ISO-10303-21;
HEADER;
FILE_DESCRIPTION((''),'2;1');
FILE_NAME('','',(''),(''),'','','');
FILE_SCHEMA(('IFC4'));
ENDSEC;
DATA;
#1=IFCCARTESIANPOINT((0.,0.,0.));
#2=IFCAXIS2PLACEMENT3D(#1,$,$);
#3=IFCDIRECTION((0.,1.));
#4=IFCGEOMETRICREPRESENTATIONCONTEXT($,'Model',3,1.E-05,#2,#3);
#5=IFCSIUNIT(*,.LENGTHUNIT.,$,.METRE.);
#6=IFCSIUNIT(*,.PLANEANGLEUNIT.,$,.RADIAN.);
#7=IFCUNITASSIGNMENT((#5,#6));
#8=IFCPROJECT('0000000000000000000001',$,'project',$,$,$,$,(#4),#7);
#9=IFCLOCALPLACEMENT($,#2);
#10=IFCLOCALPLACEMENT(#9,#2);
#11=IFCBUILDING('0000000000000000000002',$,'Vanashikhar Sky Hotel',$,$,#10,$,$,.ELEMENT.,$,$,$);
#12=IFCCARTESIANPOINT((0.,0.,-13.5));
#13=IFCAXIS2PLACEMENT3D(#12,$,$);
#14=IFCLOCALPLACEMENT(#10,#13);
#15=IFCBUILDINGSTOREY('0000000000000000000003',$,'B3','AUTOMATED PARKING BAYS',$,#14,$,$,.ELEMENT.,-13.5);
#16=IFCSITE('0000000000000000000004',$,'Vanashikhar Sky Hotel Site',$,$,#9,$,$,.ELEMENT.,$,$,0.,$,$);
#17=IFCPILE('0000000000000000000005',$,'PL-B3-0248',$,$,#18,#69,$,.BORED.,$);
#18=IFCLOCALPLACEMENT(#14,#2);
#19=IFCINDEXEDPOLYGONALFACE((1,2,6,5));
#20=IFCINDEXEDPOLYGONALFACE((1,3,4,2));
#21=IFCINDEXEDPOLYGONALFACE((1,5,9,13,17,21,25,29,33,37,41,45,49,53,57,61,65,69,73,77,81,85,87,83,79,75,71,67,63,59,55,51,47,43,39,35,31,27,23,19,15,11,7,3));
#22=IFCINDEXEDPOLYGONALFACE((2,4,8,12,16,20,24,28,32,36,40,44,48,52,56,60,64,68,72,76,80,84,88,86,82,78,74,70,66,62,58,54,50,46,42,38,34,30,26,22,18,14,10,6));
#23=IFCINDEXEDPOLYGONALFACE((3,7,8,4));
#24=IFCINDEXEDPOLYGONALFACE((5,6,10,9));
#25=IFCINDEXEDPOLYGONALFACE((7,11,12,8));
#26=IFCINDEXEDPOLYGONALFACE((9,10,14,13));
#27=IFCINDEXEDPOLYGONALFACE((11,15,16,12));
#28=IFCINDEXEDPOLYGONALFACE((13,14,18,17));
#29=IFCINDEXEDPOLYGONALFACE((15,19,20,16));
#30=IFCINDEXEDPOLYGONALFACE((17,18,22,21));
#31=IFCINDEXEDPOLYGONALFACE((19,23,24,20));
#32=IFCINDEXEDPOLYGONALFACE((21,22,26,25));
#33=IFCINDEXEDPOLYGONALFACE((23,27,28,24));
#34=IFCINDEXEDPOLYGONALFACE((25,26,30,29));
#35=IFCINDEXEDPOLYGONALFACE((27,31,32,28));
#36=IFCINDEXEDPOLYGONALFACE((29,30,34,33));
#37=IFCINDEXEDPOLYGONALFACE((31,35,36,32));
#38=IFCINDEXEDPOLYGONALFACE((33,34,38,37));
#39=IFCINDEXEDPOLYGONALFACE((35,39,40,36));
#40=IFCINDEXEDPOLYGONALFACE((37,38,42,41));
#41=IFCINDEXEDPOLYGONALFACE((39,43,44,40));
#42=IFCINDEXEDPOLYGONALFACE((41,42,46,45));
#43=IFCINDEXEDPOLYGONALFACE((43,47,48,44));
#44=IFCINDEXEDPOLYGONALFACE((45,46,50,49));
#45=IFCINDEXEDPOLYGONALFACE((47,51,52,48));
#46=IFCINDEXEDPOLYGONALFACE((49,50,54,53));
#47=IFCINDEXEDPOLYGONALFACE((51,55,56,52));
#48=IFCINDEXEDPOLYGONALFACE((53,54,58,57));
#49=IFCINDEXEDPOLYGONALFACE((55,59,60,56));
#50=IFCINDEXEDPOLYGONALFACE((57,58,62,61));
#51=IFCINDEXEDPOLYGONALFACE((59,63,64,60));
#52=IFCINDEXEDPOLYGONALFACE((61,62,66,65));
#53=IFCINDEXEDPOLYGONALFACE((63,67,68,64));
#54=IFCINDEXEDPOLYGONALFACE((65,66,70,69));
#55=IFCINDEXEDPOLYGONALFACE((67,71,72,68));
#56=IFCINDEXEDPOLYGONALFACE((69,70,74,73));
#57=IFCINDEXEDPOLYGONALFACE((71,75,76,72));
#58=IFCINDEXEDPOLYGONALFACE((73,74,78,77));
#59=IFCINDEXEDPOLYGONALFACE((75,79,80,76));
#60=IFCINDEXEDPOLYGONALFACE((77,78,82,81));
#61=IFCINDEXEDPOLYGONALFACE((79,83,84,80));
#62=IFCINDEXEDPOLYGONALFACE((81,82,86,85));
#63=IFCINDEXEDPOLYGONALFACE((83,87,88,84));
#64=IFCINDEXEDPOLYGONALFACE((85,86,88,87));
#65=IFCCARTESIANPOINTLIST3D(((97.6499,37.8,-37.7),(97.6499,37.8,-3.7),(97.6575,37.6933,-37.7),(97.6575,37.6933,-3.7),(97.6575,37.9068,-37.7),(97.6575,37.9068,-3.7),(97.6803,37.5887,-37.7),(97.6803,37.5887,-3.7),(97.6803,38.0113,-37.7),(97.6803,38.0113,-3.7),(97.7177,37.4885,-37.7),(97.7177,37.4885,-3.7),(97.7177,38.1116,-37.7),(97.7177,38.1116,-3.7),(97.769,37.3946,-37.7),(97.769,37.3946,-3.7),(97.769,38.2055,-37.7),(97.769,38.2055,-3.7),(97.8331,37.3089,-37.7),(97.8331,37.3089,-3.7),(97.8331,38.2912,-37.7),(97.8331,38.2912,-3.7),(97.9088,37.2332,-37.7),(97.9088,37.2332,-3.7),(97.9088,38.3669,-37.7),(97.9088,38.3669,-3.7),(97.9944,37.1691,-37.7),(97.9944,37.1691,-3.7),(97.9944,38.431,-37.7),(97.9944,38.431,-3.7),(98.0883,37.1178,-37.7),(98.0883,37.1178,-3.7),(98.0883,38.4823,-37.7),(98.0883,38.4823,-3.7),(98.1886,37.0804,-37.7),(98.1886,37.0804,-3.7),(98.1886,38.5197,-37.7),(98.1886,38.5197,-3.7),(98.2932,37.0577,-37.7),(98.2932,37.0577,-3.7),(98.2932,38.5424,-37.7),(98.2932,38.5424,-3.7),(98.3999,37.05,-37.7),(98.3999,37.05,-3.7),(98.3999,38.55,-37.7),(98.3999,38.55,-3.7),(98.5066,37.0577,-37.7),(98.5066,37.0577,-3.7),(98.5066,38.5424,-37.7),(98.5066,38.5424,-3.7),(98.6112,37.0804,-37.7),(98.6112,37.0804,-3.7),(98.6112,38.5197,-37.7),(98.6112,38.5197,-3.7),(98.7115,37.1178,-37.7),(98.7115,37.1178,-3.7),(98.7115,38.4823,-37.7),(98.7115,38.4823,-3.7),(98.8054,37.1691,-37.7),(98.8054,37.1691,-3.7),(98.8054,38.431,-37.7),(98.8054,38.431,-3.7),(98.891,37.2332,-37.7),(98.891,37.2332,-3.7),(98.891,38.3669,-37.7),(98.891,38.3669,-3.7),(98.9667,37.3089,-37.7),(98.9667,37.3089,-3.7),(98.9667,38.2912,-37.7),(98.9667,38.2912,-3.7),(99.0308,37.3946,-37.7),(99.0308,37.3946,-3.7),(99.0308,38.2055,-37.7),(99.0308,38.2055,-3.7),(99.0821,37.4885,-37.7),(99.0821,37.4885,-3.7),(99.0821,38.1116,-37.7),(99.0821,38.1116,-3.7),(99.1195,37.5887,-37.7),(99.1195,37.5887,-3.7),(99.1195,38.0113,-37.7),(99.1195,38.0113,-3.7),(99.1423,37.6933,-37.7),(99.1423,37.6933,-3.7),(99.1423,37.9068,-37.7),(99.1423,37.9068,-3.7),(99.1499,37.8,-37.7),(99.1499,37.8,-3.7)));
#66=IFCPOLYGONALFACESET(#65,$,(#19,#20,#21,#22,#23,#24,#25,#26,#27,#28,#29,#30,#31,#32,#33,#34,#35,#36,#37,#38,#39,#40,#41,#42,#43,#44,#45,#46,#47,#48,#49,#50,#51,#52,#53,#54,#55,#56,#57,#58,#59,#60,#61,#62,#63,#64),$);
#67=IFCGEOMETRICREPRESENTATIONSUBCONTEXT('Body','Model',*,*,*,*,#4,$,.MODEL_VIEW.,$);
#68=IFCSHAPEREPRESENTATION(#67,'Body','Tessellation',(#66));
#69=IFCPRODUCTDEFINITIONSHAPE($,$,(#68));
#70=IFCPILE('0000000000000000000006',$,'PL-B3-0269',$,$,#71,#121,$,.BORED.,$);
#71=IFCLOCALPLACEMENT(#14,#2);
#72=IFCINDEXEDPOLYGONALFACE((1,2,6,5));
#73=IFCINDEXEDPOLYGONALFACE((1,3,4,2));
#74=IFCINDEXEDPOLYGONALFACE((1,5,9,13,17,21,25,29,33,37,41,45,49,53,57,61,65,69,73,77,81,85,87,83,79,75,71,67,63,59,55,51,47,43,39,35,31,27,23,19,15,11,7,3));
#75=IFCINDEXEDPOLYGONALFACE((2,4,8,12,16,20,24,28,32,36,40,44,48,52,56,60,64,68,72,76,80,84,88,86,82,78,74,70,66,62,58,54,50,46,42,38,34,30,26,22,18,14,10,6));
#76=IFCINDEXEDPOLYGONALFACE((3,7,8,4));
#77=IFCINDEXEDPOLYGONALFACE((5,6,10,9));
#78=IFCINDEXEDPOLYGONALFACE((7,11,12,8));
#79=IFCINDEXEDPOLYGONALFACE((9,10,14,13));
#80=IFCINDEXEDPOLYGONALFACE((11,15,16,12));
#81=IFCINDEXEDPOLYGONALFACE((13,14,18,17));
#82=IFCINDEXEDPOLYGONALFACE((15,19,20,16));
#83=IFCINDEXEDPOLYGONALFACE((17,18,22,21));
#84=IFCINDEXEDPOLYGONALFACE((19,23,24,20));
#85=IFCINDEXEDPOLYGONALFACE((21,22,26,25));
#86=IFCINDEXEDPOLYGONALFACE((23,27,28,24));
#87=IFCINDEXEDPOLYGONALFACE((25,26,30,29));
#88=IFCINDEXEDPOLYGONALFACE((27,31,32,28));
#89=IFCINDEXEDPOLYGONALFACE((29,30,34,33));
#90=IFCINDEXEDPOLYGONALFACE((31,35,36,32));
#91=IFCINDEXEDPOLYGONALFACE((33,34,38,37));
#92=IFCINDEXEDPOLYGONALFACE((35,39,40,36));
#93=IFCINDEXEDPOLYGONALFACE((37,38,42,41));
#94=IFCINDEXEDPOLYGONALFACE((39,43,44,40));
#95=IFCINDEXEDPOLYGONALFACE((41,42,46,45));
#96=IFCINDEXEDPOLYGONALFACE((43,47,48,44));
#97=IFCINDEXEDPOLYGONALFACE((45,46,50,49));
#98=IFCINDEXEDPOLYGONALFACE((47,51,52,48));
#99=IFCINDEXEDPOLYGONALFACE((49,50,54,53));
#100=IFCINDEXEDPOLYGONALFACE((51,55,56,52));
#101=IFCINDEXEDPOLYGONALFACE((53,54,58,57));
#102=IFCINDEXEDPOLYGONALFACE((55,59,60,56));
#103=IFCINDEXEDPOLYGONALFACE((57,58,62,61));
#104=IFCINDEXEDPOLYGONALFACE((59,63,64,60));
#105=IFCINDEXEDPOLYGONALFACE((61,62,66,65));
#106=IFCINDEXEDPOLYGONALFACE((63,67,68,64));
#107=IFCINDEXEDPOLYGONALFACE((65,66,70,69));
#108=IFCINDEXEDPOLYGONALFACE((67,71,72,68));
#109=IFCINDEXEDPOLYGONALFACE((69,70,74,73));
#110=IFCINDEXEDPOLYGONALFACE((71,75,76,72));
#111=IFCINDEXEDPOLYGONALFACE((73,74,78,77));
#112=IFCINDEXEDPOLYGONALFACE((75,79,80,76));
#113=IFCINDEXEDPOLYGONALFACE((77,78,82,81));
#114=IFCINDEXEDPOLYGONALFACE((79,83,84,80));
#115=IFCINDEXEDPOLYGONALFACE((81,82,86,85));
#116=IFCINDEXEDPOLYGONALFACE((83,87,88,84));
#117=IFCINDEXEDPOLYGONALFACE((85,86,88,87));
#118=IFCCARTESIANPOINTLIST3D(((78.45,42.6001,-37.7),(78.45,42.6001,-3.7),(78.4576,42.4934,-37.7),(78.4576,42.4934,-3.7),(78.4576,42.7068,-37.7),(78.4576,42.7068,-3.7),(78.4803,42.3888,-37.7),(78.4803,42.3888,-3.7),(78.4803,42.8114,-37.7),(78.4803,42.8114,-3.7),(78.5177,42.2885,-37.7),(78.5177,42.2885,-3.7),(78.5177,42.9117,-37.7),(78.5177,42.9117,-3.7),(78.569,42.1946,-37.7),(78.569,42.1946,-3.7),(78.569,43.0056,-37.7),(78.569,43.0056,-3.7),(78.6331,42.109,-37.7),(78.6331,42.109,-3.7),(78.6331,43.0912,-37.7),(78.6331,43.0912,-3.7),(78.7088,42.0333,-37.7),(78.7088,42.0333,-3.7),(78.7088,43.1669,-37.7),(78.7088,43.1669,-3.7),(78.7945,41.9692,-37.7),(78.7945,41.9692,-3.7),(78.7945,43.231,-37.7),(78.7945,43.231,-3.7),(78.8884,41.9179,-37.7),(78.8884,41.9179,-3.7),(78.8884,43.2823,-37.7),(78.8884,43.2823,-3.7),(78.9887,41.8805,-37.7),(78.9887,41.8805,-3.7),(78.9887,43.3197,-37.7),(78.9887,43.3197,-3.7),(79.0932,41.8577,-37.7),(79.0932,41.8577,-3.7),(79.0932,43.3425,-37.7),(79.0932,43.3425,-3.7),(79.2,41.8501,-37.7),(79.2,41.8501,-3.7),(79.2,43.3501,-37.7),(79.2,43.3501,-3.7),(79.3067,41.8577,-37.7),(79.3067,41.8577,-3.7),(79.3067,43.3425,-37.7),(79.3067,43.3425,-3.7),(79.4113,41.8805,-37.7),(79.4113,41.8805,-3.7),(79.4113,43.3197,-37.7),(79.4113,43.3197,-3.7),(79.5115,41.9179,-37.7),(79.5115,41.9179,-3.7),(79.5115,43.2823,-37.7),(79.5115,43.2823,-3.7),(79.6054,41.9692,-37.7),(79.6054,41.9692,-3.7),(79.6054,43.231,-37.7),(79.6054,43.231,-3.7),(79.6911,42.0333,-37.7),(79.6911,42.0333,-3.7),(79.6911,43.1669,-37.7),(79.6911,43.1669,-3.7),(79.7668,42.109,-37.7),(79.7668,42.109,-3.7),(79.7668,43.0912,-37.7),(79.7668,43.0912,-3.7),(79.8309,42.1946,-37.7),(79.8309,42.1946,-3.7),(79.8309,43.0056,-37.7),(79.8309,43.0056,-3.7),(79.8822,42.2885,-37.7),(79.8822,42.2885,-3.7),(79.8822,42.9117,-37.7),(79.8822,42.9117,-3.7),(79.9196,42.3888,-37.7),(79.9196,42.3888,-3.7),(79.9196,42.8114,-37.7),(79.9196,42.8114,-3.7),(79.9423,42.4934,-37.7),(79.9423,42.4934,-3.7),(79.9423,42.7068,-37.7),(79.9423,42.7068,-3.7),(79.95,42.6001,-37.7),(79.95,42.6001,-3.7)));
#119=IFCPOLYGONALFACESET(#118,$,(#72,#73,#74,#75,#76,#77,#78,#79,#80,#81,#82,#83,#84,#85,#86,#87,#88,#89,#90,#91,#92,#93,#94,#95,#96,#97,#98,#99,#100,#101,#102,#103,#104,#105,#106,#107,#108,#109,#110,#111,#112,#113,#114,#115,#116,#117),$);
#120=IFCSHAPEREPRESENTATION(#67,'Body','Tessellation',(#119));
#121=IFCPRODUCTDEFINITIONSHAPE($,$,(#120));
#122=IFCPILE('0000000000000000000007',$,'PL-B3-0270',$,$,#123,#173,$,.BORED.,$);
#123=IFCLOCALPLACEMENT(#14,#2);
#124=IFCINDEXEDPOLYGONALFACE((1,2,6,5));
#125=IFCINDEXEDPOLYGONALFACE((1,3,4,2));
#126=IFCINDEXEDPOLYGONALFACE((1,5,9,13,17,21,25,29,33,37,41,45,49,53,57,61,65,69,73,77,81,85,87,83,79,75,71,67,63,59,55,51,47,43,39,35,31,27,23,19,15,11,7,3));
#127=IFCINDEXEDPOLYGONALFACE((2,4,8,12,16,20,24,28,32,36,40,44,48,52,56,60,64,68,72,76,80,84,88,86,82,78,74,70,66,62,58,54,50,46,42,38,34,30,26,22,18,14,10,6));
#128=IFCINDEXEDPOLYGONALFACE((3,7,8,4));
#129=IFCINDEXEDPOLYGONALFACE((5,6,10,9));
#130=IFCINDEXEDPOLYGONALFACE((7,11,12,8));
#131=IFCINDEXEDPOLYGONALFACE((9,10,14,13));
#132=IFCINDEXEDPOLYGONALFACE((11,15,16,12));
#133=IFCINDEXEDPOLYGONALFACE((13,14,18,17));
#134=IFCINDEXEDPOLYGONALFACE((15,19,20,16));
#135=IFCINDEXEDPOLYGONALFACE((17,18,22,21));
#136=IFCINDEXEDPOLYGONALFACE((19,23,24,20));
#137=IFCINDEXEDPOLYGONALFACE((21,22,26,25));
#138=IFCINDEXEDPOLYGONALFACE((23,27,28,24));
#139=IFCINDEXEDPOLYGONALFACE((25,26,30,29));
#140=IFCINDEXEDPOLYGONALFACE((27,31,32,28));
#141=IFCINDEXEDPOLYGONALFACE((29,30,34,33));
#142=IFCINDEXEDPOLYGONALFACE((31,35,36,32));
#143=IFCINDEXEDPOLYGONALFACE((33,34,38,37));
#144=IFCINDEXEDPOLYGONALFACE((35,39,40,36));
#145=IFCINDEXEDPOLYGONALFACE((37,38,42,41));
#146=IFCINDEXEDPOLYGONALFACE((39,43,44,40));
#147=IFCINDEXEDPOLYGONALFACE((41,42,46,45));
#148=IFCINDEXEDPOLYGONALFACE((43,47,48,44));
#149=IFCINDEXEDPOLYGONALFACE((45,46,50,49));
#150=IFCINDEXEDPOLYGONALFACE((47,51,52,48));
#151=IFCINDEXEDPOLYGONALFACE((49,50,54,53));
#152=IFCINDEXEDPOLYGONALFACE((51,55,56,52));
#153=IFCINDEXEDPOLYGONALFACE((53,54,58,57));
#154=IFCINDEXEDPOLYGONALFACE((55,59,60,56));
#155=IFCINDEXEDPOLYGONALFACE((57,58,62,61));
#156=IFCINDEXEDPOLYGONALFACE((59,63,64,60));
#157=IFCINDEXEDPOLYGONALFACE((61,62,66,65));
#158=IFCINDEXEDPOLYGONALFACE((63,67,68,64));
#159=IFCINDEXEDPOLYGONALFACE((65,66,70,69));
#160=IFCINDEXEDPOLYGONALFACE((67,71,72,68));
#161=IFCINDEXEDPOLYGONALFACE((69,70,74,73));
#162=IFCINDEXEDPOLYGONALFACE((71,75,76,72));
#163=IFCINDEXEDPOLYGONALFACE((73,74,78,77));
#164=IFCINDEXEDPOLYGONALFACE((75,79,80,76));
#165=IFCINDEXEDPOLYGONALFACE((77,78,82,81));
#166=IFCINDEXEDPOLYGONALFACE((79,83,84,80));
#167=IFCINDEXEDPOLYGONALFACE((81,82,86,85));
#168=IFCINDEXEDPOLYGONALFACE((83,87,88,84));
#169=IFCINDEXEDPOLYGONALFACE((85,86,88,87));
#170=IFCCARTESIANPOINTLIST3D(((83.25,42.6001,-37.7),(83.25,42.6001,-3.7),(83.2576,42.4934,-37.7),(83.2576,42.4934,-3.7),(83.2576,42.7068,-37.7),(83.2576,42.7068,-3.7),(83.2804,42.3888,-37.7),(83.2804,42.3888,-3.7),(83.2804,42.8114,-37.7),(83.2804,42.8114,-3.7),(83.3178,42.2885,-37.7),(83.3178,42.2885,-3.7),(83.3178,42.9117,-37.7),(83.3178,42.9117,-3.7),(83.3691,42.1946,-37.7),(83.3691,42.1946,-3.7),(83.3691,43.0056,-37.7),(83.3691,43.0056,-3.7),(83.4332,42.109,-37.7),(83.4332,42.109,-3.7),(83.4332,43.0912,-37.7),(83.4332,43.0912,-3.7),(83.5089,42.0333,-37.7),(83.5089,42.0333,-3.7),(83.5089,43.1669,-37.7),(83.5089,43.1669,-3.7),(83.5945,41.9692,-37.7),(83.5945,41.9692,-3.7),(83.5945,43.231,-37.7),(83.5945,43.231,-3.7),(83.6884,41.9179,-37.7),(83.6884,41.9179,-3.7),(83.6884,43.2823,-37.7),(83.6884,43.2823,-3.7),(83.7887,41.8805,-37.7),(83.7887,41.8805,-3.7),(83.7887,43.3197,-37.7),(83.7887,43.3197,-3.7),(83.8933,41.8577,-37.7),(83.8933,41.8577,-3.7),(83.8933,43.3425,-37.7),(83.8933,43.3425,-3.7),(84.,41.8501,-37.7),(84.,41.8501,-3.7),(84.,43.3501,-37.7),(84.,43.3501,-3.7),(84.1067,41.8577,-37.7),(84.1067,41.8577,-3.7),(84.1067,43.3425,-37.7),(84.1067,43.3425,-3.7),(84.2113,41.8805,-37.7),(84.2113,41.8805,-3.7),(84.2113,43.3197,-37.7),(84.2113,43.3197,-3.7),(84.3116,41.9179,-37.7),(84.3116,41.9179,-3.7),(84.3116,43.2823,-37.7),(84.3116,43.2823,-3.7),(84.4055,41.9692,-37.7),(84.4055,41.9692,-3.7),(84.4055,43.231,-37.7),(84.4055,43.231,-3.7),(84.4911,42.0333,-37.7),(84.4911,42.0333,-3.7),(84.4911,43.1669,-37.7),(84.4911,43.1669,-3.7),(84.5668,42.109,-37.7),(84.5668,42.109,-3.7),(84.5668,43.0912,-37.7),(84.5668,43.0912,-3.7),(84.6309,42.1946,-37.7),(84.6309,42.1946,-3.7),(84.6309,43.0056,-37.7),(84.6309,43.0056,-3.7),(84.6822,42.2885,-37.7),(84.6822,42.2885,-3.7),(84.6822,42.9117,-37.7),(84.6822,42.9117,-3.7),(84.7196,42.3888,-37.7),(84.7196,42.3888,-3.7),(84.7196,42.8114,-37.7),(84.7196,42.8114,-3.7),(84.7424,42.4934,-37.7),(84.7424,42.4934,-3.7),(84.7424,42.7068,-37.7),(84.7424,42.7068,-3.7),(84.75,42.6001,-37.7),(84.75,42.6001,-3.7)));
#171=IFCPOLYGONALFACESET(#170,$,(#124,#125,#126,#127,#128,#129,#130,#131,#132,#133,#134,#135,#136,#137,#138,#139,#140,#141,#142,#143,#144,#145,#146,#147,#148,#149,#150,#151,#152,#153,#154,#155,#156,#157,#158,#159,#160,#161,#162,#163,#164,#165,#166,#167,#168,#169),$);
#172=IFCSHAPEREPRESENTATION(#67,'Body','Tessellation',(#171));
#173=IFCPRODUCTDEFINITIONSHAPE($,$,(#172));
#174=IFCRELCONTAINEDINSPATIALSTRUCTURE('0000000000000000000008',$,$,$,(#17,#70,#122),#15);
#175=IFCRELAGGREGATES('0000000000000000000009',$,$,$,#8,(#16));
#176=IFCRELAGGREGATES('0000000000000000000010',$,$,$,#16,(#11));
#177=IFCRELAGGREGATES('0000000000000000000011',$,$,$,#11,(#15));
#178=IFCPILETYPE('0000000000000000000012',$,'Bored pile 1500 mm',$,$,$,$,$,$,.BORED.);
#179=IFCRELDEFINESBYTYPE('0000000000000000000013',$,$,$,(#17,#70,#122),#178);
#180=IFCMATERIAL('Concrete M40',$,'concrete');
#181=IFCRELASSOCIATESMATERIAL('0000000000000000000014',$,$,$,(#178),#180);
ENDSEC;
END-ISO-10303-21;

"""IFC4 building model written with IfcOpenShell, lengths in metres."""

from ifc_helpers import new_model, si_unit, direction, frame, origin, origin_2d, place, context, subcontext, project, spatial, circle, extrude, source, transform, mapped, material, type_object, element, save


model = new_model("IFC4")

# Units and contexts
model_context = context("Model", 3, precision=1e-05, world=origin(), true_north=direction((0.0, 1.0)))
body_context = subcontext(model_context, "Body", "Model", "MODEL_VIEW")
ifc_project = project(units=[si_unit("LENGTHUNIT", "METRE"), si_unit("PLANEANGLEUNIT", "RADIAN")], contexts=[model_context])

# Site, building, storey
site_placement = place(None, origin())
site = spatial("IfcSite", under=ifc_project, at=site_placement, Name="Vanashikhar Sky Hotel Site", CompositionType="ELEMENT", RefElevation=0.0)
building_placement = place(site_placement, origin())
building = spatial("IfcBuilding", under=site, at=building_placement, Name="Vanashikhar Sky Hotel", CompositionType="ELEMENT")
storey_placement = place(building_placement, frame((0.0, 0.0, -13.5)))
storey = spatial("IfcBuildingStorey", under=building, at=storey_placement, Name="B3", Description="AUTOMATED PARKING BAYS", CompositionType="ELEMENT", Elevation=-13.5)

# Piles
ifc_material_1 = material(Name="Concrete M40", Category="concrete")
pile_type_1 = type_object("IfcPileType", Name="Bored pile 1500 mm", PredefinedType="BORED", material=ifc_material_1)
shared_shape_1 = source(origin(), body_context, "Body", "SweptSolid", [
    extrude(circle(Radius=0.75, at=origin_2d()), origin(), (0.0, 0.0, 1.0), 34.0),
])
for number, where, z_axis, x_axis, name in (
    (1, (98.3999, 37.8, -3.7), (0.0, 0.0, -1.0), (1.0, 0.0, 0.0), "PL-B3-0248"),
    (2, (79.2, 42.6001, -3.7), (0.0, 0.0, -1.0), (1.0, 0.0, 0.0), "PL-B3-0269"),
    (3, (84.0, 42.6001, -3.7), (0.0, 0.0, -1.0), (1.0, 0.0, 0.0), "PL-B3-0270"),
):
    element("IfcPile", number, at=place(storey_placement, frame(where, z_axis=z_axis, x_axis=x_axis)), inside=storey, type_object=pile_type_1, Name=name, PredefinedType="BORED", context=body_context, shape_type="MappedRepresentation", body=[
        mapped(shared_shape_1, transform((0.0, 0.0, 0.0), scale=1.0)),
    ])

save(model, "model.ifc")
